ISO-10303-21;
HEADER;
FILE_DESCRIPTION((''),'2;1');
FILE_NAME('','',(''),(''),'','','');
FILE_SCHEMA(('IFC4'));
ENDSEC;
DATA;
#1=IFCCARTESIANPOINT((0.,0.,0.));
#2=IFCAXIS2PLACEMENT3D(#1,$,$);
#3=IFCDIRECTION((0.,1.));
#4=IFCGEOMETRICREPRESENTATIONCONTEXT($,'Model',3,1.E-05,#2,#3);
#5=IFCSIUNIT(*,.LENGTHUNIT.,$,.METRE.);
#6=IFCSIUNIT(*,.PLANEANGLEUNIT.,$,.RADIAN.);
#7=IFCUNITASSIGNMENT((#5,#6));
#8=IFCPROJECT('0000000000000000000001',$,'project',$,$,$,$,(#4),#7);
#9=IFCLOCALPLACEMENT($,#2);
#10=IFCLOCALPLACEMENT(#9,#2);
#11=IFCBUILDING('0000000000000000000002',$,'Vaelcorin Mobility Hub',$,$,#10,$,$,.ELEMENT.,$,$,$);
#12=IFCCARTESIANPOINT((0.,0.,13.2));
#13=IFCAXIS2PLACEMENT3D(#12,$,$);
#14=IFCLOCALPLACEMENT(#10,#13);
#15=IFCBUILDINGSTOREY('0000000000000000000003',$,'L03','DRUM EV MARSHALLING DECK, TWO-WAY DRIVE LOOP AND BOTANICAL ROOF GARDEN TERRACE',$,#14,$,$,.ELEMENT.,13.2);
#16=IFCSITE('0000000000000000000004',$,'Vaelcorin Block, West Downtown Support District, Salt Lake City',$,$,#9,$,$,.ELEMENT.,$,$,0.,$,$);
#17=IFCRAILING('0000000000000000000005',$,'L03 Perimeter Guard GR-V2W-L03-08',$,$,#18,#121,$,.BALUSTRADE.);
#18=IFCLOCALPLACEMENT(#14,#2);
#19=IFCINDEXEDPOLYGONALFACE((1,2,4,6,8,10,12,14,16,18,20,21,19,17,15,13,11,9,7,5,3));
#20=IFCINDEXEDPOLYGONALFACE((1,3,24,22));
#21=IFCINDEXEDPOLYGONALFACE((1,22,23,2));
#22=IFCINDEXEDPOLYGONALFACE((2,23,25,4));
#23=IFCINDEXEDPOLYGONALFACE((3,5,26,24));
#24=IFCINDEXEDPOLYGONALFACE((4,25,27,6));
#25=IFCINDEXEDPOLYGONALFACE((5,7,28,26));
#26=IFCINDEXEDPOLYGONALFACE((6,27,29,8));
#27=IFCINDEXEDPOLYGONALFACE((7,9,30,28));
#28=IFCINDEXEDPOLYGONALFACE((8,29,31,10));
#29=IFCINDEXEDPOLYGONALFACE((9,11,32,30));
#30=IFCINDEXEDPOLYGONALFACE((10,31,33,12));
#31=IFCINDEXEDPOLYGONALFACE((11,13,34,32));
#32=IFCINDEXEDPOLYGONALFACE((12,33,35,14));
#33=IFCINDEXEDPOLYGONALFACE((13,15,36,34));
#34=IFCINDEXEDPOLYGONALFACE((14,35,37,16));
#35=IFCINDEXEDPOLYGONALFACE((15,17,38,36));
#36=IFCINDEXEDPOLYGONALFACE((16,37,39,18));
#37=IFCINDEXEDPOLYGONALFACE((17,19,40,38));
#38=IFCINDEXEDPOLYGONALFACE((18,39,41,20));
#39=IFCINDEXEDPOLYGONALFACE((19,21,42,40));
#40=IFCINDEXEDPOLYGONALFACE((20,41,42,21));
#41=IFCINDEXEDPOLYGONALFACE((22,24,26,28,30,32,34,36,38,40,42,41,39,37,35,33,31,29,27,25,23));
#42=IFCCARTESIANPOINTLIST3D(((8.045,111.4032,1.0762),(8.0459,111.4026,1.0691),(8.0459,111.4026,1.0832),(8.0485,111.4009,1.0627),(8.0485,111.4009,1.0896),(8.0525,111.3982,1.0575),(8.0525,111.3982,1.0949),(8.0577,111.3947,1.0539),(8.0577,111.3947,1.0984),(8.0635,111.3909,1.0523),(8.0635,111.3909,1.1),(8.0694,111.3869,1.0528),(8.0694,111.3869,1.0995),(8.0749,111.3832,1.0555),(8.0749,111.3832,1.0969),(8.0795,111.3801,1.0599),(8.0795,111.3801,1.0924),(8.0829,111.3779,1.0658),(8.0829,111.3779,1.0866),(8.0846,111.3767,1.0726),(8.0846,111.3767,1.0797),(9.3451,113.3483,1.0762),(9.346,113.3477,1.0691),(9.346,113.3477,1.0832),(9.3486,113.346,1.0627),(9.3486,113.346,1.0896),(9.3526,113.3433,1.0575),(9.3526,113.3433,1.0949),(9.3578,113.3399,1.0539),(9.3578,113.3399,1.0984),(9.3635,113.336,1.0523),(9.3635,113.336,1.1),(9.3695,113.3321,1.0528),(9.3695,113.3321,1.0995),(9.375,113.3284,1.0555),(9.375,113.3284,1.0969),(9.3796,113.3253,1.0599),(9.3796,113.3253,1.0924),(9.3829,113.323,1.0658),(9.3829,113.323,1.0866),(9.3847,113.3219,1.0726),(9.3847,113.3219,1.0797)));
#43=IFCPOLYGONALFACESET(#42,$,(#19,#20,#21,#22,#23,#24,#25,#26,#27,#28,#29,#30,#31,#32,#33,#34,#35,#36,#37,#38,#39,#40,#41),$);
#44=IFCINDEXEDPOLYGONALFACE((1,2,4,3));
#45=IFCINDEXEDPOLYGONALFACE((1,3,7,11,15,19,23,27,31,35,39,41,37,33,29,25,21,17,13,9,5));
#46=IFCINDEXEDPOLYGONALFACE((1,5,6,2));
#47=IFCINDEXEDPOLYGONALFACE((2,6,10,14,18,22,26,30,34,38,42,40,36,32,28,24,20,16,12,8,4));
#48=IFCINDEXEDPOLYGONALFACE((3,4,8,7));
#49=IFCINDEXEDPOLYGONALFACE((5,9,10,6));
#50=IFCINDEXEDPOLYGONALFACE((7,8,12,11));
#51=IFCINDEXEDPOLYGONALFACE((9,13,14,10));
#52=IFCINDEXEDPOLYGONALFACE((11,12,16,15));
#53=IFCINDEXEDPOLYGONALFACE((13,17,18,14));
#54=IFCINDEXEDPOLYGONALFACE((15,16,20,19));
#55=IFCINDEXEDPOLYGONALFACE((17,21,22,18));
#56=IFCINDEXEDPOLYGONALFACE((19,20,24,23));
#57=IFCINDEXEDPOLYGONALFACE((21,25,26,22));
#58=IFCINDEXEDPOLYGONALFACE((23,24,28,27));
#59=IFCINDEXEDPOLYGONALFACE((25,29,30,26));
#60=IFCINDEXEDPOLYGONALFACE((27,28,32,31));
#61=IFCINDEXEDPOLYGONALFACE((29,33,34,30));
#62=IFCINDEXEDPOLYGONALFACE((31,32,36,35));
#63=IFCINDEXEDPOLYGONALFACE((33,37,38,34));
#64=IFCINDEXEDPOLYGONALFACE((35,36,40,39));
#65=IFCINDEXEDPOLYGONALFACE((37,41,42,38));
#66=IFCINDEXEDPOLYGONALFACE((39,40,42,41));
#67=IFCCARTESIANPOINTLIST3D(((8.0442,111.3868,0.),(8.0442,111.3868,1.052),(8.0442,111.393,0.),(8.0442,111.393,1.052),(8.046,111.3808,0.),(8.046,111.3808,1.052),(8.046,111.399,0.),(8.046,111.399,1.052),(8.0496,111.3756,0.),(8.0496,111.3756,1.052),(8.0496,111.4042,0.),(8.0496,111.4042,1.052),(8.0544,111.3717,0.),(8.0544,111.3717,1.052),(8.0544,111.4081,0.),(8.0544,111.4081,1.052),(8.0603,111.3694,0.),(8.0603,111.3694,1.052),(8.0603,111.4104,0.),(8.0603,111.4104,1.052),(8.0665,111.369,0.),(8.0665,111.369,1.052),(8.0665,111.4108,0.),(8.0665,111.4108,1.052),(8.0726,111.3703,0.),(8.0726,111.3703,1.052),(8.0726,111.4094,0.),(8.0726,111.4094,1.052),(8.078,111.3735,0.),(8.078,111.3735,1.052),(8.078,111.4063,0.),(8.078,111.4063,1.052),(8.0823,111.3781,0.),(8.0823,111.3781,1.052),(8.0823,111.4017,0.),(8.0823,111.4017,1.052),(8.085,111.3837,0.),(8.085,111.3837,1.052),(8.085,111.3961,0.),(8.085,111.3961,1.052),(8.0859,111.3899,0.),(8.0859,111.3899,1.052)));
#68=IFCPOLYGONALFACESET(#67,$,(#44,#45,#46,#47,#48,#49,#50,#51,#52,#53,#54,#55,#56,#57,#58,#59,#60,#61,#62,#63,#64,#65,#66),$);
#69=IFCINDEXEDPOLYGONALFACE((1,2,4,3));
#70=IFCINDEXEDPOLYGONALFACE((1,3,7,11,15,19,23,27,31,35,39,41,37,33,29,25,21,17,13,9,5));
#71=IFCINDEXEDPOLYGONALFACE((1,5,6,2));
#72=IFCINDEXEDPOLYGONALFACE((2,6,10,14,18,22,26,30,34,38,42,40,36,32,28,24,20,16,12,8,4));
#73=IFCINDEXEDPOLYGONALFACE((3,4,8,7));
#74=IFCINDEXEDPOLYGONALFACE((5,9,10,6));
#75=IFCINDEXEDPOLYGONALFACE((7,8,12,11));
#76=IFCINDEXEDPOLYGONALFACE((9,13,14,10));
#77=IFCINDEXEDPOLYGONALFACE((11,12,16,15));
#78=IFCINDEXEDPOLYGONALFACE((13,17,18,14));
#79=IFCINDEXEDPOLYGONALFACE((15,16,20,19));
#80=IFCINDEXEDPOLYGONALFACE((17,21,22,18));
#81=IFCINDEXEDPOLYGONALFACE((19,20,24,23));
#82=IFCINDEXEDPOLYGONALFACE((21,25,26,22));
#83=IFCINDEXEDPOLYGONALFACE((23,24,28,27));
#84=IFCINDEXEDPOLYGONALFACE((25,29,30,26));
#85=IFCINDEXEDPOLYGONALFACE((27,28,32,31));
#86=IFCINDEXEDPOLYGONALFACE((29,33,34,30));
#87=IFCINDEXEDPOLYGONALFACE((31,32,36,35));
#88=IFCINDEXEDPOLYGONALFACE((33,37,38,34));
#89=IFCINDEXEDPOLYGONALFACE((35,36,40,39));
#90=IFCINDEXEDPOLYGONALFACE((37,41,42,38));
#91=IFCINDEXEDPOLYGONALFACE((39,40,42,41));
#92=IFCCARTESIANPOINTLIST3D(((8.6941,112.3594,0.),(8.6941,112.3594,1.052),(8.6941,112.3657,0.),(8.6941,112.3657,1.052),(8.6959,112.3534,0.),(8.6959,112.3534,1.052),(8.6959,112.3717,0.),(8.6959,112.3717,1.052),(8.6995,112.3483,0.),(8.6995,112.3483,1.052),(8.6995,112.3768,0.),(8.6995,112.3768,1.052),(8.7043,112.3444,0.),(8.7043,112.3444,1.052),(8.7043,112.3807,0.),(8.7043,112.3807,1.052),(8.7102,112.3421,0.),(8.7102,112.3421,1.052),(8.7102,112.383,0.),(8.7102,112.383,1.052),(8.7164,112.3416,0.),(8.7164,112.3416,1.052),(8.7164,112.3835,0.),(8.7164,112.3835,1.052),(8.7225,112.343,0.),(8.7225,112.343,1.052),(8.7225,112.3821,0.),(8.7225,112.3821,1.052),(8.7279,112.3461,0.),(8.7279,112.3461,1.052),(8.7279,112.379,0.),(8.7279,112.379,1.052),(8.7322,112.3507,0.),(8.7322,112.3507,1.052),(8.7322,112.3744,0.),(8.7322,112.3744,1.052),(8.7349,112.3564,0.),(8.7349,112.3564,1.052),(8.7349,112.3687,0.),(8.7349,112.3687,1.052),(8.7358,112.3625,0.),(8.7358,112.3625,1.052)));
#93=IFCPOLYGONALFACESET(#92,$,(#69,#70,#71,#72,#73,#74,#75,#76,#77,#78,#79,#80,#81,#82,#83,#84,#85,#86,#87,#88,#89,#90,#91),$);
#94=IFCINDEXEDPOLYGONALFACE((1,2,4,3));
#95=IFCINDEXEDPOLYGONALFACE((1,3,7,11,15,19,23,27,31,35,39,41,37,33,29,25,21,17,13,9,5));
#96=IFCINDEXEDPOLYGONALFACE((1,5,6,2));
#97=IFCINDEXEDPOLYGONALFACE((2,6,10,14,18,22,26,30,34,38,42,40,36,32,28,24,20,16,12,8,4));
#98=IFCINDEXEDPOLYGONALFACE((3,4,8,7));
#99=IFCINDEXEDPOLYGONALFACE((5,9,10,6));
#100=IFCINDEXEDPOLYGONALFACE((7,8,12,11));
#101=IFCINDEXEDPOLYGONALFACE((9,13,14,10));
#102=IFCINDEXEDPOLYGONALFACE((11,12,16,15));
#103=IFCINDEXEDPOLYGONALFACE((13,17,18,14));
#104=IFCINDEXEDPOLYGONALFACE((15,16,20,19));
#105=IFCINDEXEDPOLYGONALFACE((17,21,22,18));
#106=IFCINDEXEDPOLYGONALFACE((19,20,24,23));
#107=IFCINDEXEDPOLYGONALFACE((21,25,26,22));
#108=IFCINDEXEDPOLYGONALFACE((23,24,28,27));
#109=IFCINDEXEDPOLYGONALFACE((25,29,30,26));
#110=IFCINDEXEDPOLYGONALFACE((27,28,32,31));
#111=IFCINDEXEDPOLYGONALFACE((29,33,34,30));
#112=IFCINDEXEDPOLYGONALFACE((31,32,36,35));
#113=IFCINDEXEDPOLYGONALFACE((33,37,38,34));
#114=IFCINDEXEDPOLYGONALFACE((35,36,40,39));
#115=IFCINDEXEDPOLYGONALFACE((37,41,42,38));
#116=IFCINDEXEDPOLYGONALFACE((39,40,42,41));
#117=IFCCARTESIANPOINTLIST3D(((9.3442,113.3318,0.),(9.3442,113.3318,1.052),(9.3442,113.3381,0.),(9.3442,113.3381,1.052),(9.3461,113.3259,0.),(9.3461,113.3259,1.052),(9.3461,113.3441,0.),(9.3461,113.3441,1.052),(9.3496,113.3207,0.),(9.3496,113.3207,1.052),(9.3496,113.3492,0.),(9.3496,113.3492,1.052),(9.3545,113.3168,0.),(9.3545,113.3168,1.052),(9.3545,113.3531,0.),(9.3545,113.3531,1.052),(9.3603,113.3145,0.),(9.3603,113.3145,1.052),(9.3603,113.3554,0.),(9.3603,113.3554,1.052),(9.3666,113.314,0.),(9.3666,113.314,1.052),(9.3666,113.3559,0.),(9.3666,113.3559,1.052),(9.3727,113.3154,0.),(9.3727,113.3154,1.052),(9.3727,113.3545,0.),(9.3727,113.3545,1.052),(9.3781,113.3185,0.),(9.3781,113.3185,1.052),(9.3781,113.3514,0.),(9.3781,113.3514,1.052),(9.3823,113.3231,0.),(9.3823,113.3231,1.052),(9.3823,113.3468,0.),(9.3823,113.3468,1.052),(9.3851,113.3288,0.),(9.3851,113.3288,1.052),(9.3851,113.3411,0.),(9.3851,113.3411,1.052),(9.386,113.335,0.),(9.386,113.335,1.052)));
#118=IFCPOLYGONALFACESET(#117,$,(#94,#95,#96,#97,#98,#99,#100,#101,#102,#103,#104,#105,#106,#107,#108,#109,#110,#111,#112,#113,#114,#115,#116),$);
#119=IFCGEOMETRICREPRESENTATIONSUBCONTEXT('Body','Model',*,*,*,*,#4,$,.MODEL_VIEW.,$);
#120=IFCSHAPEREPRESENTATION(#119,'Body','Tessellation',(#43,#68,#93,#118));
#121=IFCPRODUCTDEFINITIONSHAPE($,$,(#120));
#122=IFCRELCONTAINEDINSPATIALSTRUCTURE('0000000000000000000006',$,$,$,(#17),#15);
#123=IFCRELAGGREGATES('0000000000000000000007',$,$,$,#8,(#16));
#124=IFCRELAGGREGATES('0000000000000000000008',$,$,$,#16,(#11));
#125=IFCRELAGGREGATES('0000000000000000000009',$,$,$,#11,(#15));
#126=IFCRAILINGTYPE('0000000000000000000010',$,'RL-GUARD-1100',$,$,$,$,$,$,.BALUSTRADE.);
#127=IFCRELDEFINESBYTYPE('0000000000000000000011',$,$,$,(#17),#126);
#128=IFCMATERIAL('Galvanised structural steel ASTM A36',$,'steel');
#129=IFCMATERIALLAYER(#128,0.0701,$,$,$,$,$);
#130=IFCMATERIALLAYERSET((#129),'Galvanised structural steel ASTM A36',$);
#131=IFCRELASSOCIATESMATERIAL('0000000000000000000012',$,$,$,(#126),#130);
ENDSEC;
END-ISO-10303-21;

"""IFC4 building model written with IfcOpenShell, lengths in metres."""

from ifc_helpers import new_model, si_unit, direction, frame, origin, origin_2d, place, context, subcontext, project, spatial, circle, extrude, material, layer, layer_set, type_object, element, save


model = new_model("IFC4")

# Units and contexts
model_context = context("Model", 3, precision=1e-05, world=origin(), true_north=direction((0.0, 1.0)))
body_context = subcontext(model_context, "Body", "Model", "MODEL_VIEW")
ifc_project = project(units=[si_unit("LENGTHUNIT", "METRE"), si_unit("PLANEANGLEUNIT", "RADIAN")], contexts=[model_context])

# Site, building, storey
site_placement = place(None, origin())
site = spatial("IfcSite", under=ifc_project, at=site_placement, Name="Vaelcorin Block, West Downtown Support District, Salt Lake City", CompositionType="ELEMENT", RefElevation=0.0)
building_placement = place(site_placement, origin())
building = spatial("IfcBuilding", under=site, at=building_placement, Name="Vaelcorin Mobility Hub", CompositionType="ELEMENT")
storey_placement = place(building_placement, frame((0.0, 0.0, 13.2)))
storey = spatial("IfcBuildingStorey", under=building, at=storey_placement, Name="L03", Description="DRUM EV MARSHALLING DECK, TWO-WAY DRIVE LOOP AND BOTANICAL ROOF GARDEN TERRACE", CompositionType="ELEMENT", Elevation=13.2)

# Railing
ifc_material_1 = material(Name="Galvanised structural steel ASTM A36", Category="steel")
ifc_layer_1 = layer(ifc_material_1, 0.0701)
ifc_layer_set_1 = layer_set([ifc_layer_1], Name="Galvanised structural steel ASTM A36")
railing_type = type_object("IfcRailingType", Name="RL-GUARD-1100", PredefinedType="BALUSTRADE", material=ifc_layer_set_1)
railing_1_placement = place(storey_placement, frame((8.0649, 111.3899, 0.0)))
element("IfcRailing", 1, at=railing_1_placement, inside=storey, type_object=railing_type, Name="L03 Perimeter Guard GR-V2W-L03-08", PredefinedType="BALUSTRADE", context=body_context, shape_type="SweptSolid", body=[
    extrude(circle(Radius=0.0239, at=origin_2d()), frame((0.0, 0.0, 1.0762), z_axis=(0.555687, 0.831391, 0.0), x_axis=(-0.831391, 0.555687, 0.0)), (0.0, 0.0, 1.0), 2.3396),
    extrude(circle(Radius=0.021, at=origin_2d()), origin(), (0.0, 0.0, 1.0), 1.052),
    extrude(circle(Radius=0.021, at=origin_2d()), frame((0.6499, 0.9727, 0.0)), (0.0, 0.0, 1.0), 1.052),
    extrude(circle(Radius=0.021, at=origin_2d()), frame((1.3, 1.9451, 0.0)), (0.0, 0.0, 1.0), 1.052),
])

save(model, "model.ifc")
